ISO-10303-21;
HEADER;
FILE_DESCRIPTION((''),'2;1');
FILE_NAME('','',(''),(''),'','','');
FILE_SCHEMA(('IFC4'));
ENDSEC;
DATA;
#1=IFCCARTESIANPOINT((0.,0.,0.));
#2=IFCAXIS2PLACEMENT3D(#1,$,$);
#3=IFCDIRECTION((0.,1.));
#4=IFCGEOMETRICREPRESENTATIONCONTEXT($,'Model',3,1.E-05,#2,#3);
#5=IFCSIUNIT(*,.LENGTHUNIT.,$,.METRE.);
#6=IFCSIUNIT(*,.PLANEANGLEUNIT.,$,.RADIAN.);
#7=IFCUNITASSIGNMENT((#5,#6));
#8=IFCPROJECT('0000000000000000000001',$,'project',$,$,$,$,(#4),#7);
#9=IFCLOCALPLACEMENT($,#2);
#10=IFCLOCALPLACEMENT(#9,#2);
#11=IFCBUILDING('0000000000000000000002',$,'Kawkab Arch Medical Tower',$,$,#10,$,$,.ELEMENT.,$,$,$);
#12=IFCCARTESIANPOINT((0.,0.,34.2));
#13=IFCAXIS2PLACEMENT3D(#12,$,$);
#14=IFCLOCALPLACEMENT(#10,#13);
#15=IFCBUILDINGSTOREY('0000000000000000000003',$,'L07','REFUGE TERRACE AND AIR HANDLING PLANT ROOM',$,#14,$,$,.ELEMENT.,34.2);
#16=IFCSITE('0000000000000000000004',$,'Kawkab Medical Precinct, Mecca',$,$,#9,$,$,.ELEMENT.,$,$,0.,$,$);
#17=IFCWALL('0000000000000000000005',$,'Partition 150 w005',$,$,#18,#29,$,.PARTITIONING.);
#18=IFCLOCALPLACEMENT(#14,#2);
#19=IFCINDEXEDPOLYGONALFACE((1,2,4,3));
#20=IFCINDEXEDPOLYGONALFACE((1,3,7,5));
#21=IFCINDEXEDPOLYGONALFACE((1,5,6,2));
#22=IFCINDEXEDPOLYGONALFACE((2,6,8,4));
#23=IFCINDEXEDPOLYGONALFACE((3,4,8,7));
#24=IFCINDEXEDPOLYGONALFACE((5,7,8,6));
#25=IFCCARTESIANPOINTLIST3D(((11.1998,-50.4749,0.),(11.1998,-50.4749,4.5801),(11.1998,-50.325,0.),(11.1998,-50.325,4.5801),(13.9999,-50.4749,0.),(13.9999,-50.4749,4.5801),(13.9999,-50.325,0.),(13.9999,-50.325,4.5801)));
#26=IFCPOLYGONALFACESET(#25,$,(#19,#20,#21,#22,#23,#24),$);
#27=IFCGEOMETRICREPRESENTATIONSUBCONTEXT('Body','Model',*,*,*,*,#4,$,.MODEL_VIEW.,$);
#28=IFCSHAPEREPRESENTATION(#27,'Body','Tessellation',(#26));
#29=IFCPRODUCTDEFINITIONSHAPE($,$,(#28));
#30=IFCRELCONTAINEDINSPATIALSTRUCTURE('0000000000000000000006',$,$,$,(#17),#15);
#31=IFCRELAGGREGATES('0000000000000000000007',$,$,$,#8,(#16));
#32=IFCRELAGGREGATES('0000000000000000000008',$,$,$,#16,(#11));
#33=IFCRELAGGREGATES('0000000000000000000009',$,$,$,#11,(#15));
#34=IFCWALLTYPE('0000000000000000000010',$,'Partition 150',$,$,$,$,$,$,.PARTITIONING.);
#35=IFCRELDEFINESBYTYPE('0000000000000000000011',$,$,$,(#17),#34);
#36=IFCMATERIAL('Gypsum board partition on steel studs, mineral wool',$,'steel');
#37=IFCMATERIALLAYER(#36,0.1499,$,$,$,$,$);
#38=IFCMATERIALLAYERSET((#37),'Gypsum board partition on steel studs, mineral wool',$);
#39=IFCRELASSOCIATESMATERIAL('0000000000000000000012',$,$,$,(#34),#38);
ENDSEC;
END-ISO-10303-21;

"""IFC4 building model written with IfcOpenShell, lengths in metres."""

from ifc_helpers import new_model, si_unit, direction, frame, frame_2d, origin, place, context, subcontext, project, spatial, rectangle, extrude, material, layer, layer_set, type_object, element, save


model = new_model("IFC4")

# Units and contexts
model_context = context("Model", 3, precision=1e-05, world=origin(), true_north=direction((0.0, 1.0)))
body_context = subcontext(model_context, "Body", "Model", "MODEL_VIEW")
ifc_project = project(units=[si_unit("LENGTHUNIT", "METRE"), si_unit("PLANEANGLEUNIT", "RADIAN")], contexts=[model_context])

# Site, building, storey
site_placement = place(None, origin())
site = spatial("IfcSite", under=ifc_project, at=site_placement, Name="Kawkab Medical Precinct, Mecca", CompositionType="ELEMENT", RefElevation=0.0)
building_placement = place(site_placement, origin())
building = spatial("IfcBuilding", under=site, at=building_placement, Name="Kawkab Arch Medical Tower", CompositionType="ELEMENT")
storey_placement = place(building_placement, frame((0.0, 0.0, 34.2)))
storey = spatial("IfcBuildingStorey", under=building, at=storey_placement, Name="L07", Description="REFUGE TERRACE AND AIR HANDLING PLANT ROOM", CompositionType="ELEMENT", Elevation=34.2)

# Wall
ifc_material_1 = material(Name="Gypsum board partition on steel studs, mineral wool", Category="steel")
ifc_layer_1 = layer(ifc_material_1, 0.1499)
ifc_layer_set_1 = layer_set([ifc_layer_1], Name="Gypsum board partition on steel studs, mineral wool")
wall_type_1 = type_object("IfcWallType", Name="Partition 150", PredefinedType="PARTITIONING", material=ifc_layer_set_1)
wall_1_placement = place(storey_placement, frame((11.2, -50.3999, 0.0), z_axis=(0.0, 0.0, 1.0), x_axis=(1.0, 0.0, 0.0)))
element("IfcWall", 1, at=wall_1_placement, inside=storey, type_object=wall_type_1, Name="Partition 150 w005", PredefinedType="PARTITIONING", context=body_context, shape_type="SweptSolid", body=[
    extrude(rectangle(XDim=2.8, YDim=0.1499, at=frame_2d((1.3999, 0.0))), origin(), (0.0, 0.0, 1.0), 4.5801),
])

save(model, "model.ifc")
